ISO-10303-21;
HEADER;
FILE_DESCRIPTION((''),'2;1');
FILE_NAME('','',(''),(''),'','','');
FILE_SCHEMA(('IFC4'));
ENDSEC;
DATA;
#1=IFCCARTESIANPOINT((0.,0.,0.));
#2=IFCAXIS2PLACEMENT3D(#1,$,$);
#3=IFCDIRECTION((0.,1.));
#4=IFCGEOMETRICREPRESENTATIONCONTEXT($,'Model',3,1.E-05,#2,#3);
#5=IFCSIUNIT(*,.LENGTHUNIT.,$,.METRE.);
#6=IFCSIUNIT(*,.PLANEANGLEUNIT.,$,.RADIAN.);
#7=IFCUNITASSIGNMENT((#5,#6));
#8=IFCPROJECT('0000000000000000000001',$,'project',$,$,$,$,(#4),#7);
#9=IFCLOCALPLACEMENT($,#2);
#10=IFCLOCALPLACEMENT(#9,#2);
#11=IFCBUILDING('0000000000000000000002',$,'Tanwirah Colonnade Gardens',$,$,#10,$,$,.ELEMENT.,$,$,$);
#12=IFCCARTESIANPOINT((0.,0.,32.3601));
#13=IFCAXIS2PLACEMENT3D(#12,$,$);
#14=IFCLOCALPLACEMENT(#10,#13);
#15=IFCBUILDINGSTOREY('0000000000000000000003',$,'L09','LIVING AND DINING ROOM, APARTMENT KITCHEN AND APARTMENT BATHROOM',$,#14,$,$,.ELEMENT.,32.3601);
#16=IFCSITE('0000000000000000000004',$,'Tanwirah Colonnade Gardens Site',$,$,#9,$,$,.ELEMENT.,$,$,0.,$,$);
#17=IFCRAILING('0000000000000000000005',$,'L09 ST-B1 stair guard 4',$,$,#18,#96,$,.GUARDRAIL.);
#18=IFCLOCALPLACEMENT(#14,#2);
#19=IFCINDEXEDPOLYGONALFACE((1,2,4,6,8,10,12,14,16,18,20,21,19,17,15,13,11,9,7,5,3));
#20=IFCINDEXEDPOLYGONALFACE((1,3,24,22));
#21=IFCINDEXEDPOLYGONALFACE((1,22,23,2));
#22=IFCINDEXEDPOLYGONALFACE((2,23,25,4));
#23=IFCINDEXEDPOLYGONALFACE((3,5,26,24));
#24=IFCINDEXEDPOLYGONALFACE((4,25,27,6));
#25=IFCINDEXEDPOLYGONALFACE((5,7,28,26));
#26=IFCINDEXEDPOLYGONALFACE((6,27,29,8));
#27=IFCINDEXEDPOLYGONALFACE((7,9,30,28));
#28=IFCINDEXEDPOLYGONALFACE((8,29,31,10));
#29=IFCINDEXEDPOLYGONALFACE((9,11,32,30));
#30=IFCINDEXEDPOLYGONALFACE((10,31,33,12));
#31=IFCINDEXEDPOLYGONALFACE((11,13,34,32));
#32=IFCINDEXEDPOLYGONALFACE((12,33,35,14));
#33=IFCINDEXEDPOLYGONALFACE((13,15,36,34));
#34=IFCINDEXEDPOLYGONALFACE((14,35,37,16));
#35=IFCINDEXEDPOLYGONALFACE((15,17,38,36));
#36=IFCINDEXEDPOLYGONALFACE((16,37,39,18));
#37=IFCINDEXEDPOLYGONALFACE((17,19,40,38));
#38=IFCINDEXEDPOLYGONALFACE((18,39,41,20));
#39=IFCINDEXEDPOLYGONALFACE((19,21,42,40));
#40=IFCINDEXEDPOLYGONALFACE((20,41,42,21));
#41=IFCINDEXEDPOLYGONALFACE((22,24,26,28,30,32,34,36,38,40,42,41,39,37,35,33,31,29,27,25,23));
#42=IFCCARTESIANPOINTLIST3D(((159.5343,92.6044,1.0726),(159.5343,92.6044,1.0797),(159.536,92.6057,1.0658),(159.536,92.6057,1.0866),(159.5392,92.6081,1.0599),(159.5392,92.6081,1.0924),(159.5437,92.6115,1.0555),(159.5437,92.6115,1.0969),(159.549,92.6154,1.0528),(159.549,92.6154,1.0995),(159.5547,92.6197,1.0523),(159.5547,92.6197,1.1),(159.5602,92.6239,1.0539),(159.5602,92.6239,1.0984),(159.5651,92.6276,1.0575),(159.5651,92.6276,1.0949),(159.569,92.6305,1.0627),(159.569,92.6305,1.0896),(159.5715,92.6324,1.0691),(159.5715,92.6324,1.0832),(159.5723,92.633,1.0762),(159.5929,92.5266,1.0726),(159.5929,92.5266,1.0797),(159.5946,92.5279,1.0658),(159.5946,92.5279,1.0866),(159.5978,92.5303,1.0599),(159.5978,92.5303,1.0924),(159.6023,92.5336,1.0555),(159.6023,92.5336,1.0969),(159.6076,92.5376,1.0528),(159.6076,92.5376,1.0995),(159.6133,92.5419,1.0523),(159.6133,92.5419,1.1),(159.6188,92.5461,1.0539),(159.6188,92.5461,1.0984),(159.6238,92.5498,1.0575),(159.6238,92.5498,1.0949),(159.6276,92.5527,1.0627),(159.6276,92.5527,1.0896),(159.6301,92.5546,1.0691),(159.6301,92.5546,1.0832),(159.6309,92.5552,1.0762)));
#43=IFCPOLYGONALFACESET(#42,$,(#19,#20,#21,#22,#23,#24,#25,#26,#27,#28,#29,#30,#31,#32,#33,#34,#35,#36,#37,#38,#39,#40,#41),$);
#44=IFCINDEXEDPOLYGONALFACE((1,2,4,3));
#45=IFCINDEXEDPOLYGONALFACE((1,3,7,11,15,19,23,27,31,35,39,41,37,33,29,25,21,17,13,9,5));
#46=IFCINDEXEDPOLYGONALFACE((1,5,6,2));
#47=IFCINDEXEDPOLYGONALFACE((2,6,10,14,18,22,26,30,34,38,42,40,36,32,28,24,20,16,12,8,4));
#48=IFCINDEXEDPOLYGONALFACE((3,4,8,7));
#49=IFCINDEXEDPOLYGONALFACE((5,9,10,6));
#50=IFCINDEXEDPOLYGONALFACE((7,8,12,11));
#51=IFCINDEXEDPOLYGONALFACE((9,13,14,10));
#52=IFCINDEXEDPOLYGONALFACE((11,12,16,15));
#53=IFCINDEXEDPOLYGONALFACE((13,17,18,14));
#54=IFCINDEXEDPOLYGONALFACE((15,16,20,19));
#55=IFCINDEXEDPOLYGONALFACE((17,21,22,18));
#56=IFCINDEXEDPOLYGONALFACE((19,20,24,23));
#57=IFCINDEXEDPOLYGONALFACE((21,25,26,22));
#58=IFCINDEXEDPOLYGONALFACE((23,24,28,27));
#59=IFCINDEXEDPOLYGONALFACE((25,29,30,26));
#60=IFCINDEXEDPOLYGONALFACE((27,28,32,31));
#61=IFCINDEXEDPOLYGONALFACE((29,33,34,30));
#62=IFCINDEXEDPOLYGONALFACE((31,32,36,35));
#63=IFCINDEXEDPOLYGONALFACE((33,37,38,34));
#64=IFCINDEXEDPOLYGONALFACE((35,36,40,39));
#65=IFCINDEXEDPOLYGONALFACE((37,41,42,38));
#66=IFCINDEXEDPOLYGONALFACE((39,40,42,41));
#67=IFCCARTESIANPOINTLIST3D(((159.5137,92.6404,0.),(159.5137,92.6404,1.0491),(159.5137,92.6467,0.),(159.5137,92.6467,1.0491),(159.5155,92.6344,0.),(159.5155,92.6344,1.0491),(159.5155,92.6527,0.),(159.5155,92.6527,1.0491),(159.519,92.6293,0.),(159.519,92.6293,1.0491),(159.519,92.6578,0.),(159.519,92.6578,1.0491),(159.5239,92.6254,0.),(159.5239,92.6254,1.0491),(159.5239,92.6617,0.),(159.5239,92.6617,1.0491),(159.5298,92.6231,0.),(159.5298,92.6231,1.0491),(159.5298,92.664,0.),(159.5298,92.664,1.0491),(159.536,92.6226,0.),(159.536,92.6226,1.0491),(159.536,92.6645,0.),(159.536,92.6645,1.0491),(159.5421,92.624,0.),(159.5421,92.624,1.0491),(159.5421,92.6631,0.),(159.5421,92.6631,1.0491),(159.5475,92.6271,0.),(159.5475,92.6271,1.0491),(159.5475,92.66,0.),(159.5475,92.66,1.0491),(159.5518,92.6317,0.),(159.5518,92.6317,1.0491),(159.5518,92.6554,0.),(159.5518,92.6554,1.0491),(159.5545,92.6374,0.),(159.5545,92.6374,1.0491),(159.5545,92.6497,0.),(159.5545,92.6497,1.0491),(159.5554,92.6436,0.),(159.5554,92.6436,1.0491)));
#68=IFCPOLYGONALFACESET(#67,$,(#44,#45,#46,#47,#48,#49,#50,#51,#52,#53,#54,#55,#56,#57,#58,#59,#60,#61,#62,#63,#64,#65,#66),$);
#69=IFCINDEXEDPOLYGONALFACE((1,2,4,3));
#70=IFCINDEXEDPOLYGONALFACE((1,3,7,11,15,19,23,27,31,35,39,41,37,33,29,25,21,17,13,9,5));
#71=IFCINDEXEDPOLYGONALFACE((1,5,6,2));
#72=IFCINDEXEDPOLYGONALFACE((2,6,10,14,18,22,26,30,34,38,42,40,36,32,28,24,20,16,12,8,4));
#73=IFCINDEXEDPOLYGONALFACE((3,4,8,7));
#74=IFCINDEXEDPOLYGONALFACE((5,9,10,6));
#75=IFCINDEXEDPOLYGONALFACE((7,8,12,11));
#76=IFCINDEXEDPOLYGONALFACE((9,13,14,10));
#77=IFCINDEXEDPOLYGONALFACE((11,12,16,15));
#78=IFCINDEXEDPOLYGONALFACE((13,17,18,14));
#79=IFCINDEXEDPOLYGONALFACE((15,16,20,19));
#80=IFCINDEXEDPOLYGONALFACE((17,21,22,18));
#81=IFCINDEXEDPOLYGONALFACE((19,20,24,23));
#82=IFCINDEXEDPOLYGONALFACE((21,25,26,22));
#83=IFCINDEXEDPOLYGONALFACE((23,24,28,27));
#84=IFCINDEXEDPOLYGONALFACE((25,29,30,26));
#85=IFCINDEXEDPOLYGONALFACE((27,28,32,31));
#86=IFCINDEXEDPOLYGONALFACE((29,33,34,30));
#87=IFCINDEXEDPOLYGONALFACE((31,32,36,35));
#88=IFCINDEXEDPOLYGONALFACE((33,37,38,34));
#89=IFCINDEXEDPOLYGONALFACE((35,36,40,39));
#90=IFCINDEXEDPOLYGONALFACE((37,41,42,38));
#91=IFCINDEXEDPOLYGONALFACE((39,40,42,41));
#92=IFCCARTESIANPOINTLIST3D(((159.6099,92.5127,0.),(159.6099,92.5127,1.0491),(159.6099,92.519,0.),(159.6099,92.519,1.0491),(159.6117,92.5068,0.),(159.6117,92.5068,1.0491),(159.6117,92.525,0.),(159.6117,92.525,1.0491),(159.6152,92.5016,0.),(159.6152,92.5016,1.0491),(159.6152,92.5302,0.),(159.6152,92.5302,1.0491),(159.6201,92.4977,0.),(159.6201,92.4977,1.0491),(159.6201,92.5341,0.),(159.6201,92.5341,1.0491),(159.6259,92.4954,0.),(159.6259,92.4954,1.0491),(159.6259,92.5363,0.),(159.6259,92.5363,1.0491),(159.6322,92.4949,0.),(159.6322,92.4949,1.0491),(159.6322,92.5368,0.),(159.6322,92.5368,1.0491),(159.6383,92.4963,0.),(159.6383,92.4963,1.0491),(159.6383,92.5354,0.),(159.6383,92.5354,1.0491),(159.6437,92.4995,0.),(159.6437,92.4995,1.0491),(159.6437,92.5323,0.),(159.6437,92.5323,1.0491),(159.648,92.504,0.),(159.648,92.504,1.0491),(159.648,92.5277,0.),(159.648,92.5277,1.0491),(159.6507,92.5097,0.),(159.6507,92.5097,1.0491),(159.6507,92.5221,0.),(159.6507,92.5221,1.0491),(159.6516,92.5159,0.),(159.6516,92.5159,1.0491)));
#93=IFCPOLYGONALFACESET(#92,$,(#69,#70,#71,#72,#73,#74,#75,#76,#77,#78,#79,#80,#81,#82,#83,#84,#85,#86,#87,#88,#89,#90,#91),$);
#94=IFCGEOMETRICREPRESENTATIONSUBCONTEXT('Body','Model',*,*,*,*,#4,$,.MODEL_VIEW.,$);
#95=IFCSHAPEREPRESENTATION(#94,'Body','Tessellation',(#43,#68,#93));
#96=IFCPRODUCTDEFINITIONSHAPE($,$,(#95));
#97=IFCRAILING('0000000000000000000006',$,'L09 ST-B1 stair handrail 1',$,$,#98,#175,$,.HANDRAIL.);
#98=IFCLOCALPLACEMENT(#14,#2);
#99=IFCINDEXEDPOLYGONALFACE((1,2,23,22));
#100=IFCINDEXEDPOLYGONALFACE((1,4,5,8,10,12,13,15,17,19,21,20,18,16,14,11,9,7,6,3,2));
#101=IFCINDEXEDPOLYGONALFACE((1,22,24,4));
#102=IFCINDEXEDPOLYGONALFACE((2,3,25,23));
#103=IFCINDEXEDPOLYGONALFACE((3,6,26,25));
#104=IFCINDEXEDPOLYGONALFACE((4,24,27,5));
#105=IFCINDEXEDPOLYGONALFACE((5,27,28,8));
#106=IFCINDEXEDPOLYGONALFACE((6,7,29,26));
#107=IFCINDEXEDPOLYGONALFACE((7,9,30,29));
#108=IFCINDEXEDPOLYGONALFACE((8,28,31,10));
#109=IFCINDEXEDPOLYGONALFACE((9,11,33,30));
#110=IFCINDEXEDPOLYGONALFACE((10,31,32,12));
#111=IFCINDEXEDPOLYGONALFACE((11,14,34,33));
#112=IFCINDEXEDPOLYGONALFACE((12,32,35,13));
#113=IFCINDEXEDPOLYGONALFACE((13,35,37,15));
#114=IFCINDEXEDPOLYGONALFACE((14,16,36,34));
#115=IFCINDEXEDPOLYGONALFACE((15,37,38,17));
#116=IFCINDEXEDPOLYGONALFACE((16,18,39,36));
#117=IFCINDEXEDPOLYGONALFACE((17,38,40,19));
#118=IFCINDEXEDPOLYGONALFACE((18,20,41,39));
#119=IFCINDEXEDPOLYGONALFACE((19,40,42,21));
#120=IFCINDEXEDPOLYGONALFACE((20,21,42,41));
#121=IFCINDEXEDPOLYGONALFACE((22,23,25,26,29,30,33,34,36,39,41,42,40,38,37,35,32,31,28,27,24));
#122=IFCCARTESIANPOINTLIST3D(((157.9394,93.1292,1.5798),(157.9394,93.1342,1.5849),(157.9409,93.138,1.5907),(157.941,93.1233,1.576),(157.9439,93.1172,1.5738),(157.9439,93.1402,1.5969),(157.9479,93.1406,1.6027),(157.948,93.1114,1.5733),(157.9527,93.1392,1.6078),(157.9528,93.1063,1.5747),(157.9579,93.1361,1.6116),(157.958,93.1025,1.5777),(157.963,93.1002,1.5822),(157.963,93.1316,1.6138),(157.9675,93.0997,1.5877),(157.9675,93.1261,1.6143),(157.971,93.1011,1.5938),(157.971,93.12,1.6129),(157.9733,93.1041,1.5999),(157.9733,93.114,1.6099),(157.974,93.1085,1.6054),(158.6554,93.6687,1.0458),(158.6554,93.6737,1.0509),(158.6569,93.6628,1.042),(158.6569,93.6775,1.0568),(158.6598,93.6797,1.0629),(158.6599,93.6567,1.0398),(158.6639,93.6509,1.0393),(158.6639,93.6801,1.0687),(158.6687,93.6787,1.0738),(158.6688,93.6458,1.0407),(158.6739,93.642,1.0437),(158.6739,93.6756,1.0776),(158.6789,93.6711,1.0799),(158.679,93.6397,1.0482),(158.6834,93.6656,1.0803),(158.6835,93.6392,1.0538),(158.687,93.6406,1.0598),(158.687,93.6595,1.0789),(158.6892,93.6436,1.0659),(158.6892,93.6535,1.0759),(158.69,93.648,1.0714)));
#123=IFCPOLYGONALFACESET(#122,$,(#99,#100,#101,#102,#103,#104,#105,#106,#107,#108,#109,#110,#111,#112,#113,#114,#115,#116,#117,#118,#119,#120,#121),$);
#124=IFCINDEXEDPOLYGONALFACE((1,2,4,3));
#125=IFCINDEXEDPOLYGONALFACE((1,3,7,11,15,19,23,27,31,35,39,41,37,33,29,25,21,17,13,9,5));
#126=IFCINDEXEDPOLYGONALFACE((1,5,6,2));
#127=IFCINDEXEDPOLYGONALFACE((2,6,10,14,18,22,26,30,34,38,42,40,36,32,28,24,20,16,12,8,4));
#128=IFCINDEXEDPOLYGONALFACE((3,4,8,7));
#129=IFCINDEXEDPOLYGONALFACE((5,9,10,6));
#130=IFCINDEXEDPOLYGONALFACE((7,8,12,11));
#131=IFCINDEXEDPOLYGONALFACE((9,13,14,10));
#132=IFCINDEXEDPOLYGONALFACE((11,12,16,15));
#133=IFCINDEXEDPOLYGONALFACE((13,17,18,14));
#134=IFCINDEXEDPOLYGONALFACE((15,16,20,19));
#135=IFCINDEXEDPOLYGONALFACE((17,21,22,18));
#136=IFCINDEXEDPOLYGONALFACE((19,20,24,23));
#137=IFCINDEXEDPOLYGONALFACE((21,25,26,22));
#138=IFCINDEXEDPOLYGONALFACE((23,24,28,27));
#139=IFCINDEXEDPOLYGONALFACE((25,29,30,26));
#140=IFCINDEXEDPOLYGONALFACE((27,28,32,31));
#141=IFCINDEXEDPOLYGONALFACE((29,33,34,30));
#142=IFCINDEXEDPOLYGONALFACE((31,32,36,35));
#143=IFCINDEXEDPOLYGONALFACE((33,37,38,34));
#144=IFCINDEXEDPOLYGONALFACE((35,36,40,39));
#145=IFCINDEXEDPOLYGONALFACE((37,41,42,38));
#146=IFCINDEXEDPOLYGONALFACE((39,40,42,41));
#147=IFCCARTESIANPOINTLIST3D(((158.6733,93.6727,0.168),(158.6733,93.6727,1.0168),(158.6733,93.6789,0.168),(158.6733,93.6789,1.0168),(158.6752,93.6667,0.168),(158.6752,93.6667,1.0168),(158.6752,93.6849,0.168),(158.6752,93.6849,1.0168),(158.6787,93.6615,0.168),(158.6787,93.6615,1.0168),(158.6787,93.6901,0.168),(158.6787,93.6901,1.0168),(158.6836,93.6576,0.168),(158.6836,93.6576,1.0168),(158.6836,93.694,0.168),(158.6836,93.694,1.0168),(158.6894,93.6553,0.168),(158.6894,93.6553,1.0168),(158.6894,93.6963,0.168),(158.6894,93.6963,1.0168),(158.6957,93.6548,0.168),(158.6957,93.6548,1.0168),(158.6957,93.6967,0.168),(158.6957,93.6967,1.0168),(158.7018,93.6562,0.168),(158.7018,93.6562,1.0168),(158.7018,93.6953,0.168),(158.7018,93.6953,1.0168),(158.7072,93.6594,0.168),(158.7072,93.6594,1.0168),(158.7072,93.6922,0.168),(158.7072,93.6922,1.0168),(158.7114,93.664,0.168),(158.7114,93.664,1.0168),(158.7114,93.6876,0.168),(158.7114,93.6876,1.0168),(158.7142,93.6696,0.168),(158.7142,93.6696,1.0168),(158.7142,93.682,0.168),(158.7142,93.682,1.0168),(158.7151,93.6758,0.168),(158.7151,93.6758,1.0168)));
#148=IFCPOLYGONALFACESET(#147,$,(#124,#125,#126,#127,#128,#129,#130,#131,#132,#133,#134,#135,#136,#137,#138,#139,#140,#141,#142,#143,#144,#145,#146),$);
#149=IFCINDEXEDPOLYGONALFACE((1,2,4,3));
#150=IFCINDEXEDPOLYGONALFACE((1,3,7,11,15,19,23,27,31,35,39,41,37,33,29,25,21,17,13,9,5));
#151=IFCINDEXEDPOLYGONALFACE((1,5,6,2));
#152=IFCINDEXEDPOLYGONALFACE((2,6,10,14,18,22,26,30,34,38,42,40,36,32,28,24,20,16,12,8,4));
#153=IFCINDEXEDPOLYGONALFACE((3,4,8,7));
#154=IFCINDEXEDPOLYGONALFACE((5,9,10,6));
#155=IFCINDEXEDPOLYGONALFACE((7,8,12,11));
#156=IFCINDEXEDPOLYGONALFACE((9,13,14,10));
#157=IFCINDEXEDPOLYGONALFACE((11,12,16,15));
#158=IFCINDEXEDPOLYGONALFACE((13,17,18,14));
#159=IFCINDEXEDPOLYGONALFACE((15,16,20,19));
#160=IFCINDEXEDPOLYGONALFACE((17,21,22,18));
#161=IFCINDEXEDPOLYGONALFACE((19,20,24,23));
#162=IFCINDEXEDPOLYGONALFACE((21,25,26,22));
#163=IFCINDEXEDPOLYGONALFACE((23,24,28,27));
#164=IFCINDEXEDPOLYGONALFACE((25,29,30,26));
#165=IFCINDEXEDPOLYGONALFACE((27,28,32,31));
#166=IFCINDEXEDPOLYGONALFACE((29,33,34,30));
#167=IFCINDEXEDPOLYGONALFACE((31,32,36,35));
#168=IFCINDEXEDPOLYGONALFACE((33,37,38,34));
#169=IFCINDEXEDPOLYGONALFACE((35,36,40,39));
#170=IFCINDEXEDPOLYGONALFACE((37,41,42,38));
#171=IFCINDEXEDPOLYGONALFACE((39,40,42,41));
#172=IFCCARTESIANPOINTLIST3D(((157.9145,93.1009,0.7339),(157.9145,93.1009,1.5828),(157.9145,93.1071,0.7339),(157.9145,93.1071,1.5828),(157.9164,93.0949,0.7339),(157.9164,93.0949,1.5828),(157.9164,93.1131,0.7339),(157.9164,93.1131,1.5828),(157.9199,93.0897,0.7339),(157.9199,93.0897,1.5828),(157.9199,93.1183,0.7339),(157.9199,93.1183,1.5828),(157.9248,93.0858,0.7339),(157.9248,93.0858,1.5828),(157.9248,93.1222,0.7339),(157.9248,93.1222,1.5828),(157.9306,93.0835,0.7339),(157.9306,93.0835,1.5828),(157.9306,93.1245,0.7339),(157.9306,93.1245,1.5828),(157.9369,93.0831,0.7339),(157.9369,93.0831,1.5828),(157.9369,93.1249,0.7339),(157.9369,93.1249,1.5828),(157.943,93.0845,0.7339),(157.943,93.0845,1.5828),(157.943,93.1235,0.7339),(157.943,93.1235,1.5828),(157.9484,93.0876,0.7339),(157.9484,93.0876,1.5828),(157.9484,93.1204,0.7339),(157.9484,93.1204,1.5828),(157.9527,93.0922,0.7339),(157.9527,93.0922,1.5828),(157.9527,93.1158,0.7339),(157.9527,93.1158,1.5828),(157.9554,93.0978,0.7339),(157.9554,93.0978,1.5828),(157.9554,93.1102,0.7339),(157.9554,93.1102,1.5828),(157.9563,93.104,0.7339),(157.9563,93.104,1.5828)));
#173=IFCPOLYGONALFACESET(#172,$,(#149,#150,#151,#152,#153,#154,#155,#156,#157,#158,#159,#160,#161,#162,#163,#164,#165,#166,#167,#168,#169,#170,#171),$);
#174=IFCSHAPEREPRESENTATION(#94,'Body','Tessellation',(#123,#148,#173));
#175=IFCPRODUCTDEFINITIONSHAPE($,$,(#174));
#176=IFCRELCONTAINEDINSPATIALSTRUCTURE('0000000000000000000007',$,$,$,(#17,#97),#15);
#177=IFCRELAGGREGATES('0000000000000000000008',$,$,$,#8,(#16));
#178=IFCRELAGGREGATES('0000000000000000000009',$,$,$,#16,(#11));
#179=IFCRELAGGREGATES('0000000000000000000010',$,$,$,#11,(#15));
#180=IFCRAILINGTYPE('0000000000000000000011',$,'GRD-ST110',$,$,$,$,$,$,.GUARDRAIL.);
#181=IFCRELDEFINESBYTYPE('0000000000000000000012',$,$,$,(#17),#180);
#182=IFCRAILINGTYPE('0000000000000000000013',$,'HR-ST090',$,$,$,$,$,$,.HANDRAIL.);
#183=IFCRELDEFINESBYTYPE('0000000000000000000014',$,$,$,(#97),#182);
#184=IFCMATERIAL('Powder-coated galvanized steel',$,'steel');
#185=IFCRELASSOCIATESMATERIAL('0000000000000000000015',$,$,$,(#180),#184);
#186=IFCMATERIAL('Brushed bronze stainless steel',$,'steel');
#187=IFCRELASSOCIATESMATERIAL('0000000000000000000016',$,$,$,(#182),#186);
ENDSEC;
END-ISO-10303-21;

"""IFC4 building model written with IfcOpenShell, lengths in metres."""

from ifc_helpers import new_model, si_unit, direction, frame, origin, origin_2d, place, context, subcontext, project, spatial, circle, extrude, material, type_object, element, save


model = new_model("IFC4")

# Units and contexts
model_context = context("Model", 3, precision=1e-05, world=origin(), true_north=direction((0.0, 1.0)))
body_context = subcontext(model_context, "Body", "Model", "MODEL_VIEW")
ifc_project = project(units=[si_unit("LENGTHUNIT", "METRE"), si_unit("PLANEANGLEUNIT", "RADIAN")], contexts=[model_context])

# Site, building, storey
site_placement = place(None, origin())
site = spatial("IfcSite", under=ifc_project, at=site_placement, Name="Tanwirah Colonnade Gardens Site", CompositionType="ELEMENT", RefElevation=0.0)
building_placement = place(site_placement, origin())
building = spatial("IfcBuilding", under=site, at=building_placement, Name="Tanwirah Colonnade Gardens", CompositionType="ELEMENT")
storey_placement = place(building_placement, frame((0.0, 0.0, 32.3601)))
storey = spatial("IfcBuildingStorey", under=building, at=storey_placement, Name="L09", Description="LIVING AND DINING ROOM, APARTMENT KITCHEN AND APARTMENT BATHROOM", CompositionType="ELEMENT", Elevation=32.3601)

# Railings
ifc_material_1 = material(Name="Powder-coated galvanized steel", Category="steel")
railing_type_1 = type_object("IfcRailingType", Name="GRD-ST110", PredefinedType="GUARDRAIL", material=ifc_material_1)
railing_1_placement = place(storey_placement, frame((159.5344, 92.6436, 0.0)))
element("IfcRailing", 1, at=railing_1_placement, inside=storey, type_object=railing_type_1, Name="L09 ST-B1 stair guard 4", PredefinedType="GUARDRAIL", context=body_context, shape_type="SweptSolid", body=[
    extrude(circle(Radius=0.0239, at=origin_2d()), frame((0.0188, -0.0249, 1.0762), z_axis=(0.601709, -0.798715, 0.0), x_axis=(0.798715, 0.601709, 0.0)), (0.0, 0.0, 1.0), 0.0974),
    extrude(circle(Radius=0.021, at=origin_2d()), origin(), (0.0, 0.0, 1.0), 1.0491),
    extrude(circle(Radius=0.021, at=origin_2d()), frame((0.0962, -0.1277, 0.0)), (0.0, 0.0, 1.0), 1.0491),
])
ifc_material_2 = material(Name="Brushed bronze stainless steel", Category="steel")
railing_type_2 = type_object("IfcRailingType", Name="HR-ST090", PredefinedType="HANDRAIL", material=ifc_material_2)
railing_2_placement = place(storey_placement, frame((158.6941, 93.6758, 0.168)))
element("IfcRailing", 2, at=railing_2_placement, inside=storey, type_object=railing_type_2, Name="L09 ST-B1 stair handrail 1", PredefinedType="HANDRAIL", context=body_context, shape_type="SweptSolid", body=[
    extrude(circle(Radius=0.0239, at=origin_2d()), frame((-0.0215, -0.0161, 0.8918), z_axis=(-0.686145, -0.517037, 0.511739), x_axis=(0.601807, -0.798641, 0.0)), (0.0, 0.0, 1.0), 1.0435),
    extrude(circle(Radius=0.021, at=origin_2d()), origin(), (0.0, 0.0, 1.0), 0.8489),
    extrude(circle(Radius=0.021, at=origin_2d()), frame((-0.7588, -0.5718, 0.5659)), (0.0, 0.0, 1.0), 0.8489),
])

save(model, "model.ifc")
